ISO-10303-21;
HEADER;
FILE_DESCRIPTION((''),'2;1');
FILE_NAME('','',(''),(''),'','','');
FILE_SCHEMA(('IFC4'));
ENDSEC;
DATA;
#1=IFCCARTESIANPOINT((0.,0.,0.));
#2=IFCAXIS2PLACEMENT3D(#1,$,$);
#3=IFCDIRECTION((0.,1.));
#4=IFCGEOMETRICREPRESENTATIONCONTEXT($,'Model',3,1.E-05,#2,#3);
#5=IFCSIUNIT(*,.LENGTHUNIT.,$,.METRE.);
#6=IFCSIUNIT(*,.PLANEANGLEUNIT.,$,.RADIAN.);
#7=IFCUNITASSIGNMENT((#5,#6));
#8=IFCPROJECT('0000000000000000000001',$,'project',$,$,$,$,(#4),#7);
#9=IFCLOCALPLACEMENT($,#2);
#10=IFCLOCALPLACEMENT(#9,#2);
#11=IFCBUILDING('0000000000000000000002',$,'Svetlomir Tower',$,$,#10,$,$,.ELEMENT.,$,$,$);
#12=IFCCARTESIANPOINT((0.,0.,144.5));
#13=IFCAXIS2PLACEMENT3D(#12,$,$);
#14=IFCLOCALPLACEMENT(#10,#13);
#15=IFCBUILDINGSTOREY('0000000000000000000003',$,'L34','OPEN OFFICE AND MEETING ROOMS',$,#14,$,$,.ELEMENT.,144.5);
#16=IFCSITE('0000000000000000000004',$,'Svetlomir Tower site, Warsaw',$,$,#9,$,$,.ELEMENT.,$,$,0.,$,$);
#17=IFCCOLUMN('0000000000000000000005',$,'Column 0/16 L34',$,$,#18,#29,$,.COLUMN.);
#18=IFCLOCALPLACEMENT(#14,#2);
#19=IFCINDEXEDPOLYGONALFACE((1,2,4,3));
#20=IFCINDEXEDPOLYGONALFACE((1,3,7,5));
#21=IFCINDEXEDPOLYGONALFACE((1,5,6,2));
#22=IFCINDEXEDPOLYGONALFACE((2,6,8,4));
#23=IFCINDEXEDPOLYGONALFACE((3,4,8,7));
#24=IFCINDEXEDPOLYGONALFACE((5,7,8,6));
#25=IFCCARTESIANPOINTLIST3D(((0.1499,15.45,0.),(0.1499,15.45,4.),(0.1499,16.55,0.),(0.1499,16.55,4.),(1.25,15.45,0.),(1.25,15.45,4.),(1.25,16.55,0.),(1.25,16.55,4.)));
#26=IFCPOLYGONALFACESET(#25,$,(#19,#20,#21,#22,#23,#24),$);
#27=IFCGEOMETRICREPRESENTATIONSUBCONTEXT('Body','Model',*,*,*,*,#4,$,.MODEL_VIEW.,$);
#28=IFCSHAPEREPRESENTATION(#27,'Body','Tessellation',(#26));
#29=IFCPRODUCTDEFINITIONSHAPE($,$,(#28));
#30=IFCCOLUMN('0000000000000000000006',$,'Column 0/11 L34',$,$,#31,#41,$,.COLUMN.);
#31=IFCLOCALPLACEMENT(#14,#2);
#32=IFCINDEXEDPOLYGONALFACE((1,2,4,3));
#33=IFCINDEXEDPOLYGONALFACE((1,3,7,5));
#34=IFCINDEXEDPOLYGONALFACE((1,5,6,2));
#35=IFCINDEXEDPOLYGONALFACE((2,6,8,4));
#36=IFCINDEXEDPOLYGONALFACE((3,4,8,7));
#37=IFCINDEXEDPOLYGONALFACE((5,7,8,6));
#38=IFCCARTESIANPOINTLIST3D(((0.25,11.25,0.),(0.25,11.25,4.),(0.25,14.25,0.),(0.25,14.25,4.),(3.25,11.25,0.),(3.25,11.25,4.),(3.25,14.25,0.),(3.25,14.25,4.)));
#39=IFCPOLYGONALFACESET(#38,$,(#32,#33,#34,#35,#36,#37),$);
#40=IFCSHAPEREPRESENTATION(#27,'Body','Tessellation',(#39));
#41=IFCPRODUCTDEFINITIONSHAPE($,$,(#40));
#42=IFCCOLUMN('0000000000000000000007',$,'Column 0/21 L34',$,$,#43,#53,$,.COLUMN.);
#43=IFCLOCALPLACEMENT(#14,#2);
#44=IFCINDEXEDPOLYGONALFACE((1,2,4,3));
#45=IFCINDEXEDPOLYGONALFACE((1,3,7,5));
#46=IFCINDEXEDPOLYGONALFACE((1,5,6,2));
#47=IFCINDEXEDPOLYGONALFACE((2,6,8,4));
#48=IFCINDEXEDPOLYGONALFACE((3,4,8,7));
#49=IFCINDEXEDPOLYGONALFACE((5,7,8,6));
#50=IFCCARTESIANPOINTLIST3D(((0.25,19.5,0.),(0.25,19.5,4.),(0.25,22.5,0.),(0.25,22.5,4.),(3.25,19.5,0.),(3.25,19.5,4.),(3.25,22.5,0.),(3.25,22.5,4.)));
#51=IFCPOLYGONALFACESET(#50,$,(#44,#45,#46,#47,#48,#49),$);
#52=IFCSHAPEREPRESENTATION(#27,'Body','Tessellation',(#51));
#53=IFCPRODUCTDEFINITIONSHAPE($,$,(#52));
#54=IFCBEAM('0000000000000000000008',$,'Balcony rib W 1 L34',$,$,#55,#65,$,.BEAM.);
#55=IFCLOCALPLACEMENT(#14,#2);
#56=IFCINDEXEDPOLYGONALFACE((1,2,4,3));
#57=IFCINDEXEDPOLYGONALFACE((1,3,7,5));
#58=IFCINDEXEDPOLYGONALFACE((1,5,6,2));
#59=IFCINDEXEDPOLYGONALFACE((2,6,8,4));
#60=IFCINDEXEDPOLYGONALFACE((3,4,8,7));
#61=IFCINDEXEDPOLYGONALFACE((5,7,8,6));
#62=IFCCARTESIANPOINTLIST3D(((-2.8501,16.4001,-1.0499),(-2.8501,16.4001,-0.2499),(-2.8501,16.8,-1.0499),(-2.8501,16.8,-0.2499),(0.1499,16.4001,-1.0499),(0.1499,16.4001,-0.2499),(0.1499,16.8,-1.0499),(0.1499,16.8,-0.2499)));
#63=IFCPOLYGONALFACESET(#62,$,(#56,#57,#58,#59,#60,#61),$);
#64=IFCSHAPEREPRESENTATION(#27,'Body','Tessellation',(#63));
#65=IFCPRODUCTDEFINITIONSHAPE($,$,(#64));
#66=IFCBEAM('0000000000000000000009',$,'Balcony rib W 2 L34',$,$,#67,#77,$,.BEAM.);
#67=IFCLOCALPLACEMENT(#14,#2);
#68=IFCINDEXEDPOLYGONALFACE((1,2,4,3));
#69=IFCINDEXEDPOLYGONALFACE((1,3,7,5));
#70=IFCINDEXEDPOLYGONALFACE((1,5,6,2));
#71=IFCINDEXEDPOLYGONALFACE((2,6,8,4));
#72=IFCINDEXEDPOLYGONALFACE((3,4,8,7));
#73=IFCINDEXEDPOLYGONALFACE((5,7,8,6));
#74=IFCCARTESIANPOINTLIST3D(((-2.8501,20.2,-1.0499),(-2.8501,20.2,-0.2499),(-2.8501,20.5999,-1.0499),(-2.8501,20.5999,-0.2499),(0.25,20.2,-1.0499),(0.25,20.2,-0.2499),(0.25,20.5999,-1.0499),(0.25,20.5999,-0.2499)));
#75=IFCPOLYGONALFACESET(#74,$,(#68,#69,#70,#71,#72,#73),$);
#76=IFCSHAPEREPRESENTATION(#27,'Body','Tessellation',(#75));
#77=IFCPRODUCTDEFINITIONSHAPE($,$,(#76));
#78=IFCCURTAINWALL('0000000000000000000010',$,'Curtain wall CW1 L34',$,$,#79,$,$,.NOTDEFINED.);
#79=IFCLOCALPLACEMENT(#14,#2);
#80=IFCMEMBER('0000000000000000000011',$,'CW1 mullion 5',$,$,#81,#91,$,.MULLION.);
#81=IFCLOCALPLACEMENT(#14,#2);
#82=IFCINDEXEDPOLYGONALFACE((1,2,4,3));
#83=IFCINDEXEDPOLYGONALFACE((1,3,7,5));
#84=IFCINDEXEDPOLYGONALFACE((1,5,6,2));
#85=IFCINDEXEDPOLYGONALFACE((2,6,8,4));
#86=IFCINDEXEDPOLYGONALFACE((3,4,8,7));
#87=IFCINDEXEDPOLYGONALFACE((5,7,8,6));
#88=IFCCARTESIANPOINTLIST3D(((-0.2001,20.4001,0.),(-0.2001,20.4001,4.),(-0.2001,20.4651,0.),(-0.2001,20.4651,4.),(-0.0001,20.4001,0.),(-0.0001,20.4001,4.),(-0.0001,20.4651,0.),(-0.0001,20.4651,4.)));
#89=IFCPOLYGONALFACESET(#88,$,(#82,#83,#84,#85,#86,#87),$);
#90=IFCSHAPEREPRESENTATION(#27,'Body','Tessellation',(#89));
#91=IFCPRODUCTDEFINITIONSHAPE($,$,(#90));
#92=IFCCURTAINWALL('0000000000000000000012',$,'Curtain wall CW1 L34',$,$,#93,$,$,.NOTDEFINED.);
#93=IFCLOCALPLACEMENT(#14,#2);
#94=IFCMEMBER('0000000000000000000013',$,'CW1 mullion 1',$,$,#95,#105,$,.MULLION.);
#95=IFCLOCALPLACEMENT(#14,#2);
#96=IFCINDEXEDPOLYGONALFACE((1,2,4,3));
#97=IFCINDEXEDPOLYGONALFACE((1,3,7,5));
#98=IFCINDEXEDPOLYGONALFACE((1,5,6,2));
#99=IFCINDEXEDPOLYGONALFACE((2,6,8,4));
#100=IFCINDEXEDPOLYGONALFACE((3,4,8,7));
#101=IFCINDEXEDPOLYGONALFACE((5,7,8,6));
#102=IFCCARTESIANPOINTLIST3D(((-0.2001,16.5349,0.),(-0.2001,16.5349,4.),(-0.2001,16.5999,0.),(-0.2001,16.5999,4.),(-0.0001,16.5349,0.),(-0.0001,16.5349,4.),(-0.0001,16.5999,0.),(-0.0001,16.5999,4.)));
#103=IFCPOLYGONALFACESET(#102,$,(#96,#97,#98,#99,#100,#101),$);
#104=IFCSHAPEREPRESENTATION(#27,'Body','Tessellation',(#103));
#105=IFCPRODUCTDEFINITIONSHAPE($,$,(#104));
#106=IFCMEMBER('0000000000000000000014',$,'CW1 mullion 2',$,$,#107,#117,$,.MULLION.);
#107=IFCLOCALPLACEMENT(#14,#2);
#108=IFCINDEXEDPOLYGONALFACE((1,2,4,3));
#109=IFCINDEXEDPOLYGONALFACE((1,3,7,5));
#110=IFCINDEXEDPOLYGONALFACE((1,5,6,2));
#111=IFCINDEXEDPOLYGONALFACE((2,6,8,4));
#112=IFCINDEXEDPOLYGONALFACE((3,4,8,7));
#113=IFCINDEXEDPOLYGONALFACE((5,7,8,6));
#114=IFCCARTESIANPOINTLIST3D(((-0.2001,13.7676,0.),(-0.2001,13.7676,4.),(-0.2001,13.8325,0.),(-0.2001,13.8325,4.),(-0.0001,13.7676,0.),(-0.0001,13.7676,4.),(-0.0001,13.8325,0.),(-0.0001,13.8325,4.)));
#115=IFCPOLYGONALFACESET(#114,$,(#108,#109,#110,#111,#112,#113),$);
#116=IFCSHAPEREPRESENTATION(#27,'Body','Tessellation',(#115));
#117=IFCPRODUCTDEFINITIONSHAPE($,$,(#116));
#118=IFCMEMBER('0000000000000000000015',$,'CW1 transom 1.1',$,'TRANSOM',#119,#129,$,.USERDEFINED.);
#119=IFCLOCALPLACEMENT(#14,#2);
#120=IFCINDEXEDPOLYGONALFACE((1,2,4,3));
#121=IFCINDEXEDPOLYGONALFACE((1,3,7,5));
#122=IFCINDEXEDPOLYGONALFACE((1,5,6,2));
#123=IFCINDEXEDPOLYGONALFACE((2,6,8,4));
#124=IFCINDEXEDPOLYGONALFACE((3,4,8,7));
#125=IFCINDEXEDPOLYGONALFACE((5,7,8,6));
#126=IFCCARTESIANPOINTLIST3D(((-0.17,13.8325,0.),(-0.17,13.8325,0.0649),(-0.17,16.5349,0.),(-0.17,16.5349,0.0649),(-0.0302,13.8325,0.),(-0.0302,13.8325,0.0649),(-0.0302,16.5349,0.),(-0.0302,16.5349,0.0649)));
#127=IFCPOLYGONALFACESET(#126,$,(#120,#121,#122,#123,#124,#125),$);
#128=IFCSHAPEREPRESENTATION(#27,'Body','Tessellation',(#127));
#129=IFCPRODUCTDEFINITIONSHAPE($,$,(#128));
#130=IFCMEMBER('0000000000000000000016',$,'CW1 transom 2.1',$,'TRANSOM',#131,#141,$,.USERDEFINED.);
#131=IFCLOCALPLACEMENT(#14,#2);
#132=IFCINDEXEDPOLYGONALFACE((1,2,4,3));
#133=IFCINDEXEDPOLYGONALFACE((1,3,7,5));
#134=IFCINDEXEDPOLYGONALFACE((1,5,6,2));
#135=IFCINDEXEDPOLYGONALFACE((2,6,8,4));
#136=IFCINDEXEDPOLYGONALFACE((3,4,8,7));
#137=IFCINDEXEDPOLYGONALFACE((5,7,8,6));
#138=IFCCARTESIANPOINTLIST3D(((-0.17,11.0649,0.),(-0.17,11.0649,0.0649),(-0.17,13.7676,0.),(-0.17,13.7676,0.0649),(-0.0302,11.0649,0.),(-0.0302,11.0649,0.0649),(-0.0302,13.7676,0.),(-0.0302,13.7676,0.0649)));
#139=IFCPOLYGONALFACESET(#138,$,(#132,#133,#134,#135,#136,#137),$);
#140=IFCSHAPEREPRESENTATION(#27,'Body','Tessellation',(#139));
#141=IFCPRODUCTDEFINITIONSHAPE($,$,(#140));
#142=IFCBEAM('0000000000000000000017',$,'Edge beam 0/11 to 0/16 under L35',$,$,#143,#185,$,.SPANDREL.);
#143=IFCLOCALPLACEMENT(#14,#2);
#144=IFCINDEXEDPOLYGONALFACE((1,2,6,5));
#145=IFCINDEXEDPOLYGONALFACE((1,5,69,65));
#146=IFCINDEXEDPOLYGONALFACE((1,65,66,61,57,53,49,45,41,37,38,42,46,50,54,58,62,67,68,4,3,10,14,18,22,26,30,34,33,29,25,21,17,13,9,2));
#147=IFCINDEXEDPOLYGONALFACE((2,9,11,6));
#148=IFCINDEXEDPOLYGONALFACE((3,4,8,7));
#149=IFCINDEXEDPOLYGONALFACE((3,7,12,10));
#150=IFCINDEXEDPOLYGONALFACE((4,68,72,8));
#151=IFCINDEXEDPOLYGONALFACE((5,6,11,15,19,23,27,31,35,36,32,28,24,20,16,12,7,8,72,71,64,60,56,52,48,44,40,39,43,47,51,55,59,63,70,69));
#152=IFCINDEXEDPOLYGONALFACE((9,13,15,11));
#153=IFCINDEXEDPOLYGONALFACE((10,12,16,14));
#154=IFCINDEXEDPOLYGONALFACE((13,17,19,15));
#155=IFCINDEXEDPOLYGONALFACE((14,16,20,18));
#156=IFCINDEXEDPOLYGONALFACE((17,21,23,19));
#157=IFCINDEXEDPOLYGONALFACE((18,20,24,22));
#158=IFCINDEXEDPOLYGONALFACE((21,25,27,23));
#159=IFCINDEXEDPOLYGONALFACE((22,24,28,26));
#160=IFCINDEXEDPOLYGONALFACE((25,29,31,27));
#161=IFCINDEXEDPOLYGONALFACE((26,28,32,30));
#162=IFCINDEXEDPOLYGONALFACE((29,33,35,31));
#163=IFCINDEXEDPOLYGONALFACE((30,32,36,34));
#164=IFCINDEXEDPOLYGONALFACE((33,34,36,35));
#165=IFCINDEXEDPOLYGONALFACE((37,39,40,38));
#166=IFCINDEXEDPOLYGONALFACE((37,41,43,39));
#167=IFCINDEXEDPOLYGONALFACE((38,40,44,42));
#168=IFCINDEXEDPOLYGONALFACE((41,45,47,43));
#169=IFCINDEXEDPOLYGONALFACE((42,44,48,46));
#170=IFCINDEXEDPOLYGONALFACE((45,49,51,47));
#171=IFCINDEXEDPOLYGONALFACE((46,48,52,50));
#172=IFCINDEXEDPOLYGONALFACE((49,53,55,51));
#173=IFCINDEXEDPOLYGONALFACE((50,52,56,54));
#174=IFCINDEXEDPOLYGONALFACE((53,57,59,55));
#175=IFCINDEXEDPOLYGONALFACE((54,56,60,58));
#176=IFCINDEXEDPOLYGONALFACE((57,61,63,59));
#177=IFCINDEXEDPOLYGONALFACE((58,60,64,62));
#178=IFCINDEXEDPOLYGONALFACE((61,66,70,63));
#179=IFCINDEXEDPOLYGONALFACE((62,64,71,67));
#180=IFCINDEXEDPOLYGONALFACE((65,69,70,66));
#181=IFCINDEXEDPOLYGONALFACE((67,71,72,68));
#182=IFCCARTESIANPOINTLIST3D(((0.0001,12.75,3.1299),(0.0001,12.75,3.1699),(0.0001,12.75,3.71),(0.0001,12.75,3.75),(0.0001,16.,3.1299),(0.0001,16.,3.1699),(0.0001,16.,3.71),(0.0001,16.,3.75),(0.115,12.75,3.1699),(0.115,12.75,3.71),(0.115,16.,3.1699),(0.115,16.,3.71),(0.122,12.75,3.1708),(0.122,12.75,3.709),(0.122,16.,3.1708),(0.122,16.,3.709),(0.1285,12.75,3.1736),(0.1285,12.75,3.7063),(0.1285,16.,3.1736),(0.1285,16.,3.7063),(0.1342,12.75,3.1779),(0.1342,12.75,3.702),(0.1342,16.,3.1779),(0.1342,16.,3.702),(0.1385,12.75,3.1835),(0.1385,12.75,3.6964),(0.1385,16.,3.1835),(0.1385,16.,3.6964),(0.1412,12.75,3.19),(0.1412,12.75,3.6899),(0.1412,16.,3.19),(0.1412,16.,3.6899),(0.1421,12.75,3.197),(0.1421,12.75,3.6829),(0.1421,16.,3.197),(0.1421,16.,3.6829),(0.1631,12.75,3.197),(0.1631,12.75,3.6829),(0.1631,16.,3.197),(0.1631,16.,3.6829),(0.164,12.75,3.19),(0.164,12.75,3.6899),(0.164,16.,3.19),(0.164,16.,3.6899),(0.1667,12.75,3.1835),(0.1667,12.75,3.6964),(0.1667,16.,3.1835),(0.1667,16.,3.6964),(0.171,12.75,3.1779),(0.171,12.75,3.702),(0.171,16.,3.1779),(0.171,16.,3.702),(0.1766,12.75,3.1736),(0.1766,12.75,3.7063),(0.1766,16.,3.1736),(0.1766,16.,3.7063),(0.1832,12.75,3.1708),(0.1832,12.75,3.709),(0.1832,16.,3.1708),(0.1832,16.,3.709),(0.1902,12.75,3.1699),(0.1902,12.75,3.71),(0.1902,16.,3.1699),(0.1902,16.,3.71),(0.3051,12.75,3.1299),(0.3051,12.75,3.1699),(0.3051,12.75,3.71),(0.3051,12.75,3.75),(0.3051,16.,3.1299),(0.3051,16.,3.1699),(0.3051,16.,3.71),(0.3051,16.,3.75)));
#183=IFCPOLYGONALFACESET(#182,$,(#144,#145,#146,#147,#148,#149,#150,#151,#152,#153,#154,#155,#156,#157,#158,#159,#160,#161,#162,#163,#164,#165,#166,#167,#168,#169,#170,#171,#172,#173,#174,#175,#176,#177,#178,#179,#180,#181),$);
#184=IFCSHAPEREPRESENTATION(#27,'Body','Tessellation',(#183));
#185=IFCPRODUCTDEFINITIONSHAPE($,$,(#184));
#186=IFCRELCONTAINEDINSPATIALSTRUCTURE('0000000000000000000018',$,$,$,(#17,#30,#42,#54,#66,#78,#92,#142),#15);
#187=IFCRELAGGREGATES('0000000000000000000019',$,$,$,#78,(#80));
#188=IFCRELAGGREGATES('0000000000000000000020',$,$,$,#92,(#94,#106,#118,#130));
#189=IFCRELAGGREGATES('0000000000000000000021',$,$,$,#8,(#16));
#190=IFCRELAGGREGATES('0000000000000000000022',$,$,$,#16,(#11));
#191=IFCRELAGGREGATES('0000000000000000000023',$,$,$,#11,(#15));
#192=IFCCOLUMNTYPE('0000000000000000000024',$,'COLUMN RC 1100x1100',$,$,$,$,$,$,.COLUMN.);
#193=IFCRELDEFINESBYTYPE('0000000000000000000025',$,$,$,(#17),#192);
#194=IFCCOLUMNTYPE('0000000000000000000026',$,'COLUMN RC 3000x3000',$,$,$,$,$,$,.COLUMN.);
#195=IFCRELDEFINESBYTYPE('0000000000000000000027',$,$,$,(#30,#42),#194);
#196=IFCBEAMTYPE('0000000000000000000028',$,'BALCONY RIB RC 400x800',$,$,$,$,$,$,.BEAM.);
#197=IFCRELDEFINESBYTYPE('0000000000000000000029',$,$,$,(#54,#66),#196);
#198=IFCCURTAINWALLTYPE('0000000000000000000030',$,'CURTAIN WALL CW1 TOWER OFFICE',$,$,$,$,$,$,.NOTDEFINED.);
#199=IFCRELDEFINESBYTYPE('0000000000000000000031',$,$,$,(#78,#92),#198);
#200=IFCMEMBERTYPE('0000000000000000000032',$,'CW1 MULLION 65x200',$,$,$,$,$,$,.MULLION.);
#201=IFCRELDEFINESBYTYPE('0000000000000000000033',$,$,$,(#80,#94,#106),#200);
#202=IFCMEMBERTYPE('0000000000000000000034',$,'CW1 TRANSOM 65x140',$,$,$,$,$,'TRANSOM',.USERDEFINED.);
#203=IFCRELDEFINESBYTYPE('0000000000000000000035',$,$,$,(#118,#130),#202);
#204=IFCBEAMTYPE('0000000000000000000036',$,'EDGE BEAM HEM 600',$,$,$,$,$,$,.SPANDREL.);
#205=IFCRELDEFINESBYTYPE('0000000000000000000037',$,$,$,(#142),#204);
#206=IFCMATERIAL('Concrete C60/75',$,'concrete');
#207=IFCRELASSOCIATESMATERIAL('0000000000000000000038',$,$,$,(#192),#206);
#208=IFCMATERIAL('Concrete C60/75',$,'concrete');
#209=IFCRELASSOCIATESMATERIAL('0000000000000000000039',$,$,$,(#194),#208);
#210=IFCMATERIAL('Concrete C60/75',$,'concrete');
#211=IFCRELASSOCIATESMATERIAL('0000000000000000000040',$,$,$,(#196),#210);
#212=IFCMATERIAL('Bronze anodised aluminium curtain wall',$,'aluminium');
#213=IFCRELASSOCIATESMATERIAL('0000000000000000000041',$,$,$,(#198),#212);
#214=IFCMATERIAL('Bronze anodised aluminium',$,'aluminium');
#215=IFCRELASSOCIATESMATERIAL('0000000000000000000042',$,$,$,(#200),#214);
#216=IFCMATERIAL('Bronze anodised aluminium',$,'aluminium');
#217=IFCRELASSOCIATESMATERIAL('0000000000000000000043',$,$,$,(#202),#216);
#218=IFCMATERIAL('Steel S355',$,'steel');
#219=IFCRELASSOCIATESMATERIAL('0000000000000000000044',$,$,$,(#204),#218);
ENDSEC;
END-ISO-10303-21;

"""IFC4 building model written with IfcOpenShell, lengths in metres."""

from ifc_helpers import new_model, si_unit, direction, frame, origin, origin_2d, place, context, subcontext, project, spatial, rectangle, i_section, extrude, material, material_profile, profile_set, type_object, element, aggregate, save


model = new_model("IFC4")

# Units and contexts
model_context = context("Model", 3, precision=1e-05, world=origin(), true_north=direction((0.0, 1.0)))
body_context = subcontext(model_context, "Body", "Model", "MODEL_VIEW")
ifc_project = project(units=[si_unit("LENGTHUNIT", "METRE"), si_unit("PLANEANGLEUNIT", "RADIAN")], contexts=[model_context])

# Site, building, storey
site_placement = place(None, origin())
site = spatial("IfcSite", under=ifc_project, at=site_placement, Name="Svetlomir Tower site, Warsaw", CompositionType="ELEMENT", RefElevation=0.0)
building_placement = place(site_placement, origin())
building = spatial("IfcBuilding", under=site, at=building_placement, Name="Svetlomir Tower", CompositionType="ELEMENT")
storey_placement = place(building_placement, frame((0.0, 0.0, 144.5)))
storey = spatial("IfcBuildingStorey", under=building, at=storey_placement, Name="L34", Description="OPEN OFFICE AND MEETING ROOMS", CompositionType="ELEMENT", Elevation=144.5)

# Columns
ifc_material_1 = material(Name="Concrete C60/75", Category="concrete")
ifc_material_profile_1 = material_profile(ifc_material_1, rectangle(XDim=1.1001, YDim=1.1001, at=origin_2d()), Name="RC 1100x1100")
ifc_profile_set_1 = profile_set([ifc_material_profile_1], Name="Concrete C60/75")
column_type_1 = type_object("IfcColumnType", Name="COLUMN RC 1100x1100", PredefinedType="COLUMN", material=ifc_profile_set_1)
column_placement = place(storey_placement, frame((0.7, 16.0, 0.0), z_axis=(0.0, 0.0, 1.0), x_axis=(1.0, 0.0, 0.0)))
element("IfcColumn", 1, at=column_placement, inside=storey, type_object=column_type_1, Name="Column 0/16 L34", PredefinedType="COLUMN", context=body_context, shape_type="SweptSolid", body=[
    extrude(rectangle(XDim=1.1001, YDim=1.1001, at=origin_2d()), origin(), (0.0, 0.0, 1.0), 4.0),
])
ifc_material_2 = material(Name="Concrete C60/75", Category="concrete")
ifc_material_profile_2 = material_profile(ifc_material_2, rectangle(XDim=3.0, YDim=3.0, at=origin_2d()), Name="RC 3000x3000")
ifc_profile_set_2 = profile_set([ifc_material_profile_2], Name="Concrete C60/75")
column_type_2 = type_object("IfcColumnType", Name="COLUMN RC 3000x3000", PredefinedType="COLUMN", material=ifc_profile_set_2)
for number, where, z_axis, x_axis, name in (
    (2, (1.75, 12.75, 0.0), (0.0, 0.0, 1.0), (1.0, 0.0, 0.0), "Column 0/11 L34"),
    (3, (1.75, 21.0, 0.0), (0.0, 0.0, 1.0), (1.0, 0.0, 0.0), "Column 0/21 L34"),
):
    element("IfcColumn", number, at=place(storey_placement, frame(where, z_axis=z_axis, x_axis=x_axis)), inside=storey, type_object=column_type_2, Name=name, PredefinedType="COLUMN", context=body_context, shape_type="SweptSolid", body=[
        extrude(rectangle(XDim=3.0, YDim=3.0, at=origin_2d()), origin(), (0.0, 0.0, 1.0), 4.0),
    ])

# Beams
ifc_material_3 = material(Name="Concrete C60/75", Category="concrete")
ifc_material_profile_3 = material_profile(ifc_material_3, rectangle(XDim=0.3999, YDim=0.8, at=origin_2d()), Name="RC 400x800")
ifc_profile_set_3 = profile_set([ifc_material_profile_3], Name="Concrete C60/75")
beam_type_1 = type_object("IfcBeamType", Name="BALCONY RIB RC 400x800", PredefinedType="BEAM", material=ifc_profile_set_3)
beam_1_placement = place(storey_placement, frame((0.1499, 16.6001, -0.6499), z_axis=(-1.0, 0.0, 0.0), x_axis=(0.0, -1.0, 0.0)))
element("IfcBeam", 4, at=beam_1_placement, inside=storey, type_object=beam_type_1, Name="Balcony rib W 1 L34", PredefinedType="BEAM", context=body_context, shape_type="SweptSolid", body=[
    extrude(rectangle(XDim=0.3999, YDim=0.8, at=origin_2d()), origin(), (0.0, 0.0, 1.0), 3.0),
])
beam_2_placement = place(storey_placement, frame((0.25, 20.3999, -0.6499), z_axis=(-1.0, 0.0, 0.0), x_axis=(0.0, -1.0, 0.0)))
element("IfcBeam", 5, at=beam_2_placement, inside=storey, type_object=beam_type_1, Name="Balcony rib W 2 L34", PredefinedType="BEAM", context=body_context, shape_type="SweptSolid", body=[
    extrude(rectangle(XDim=0.3999, YDim=0.8, at=origin_2d()), origin(), (0.0, 0.0, 1.0), 3.1001),
])

# Curtain wall, member
ifc_material_4 = material(Name="Bronze anodised aluminium curtain wall", Category="aluminium")
curtain_wall_type = type_object("IfcCurtainWallType", Name="CURTAIN WALL CW1 TOWER OFFICE", PredefinedType="NOTDEFINED", material=ifc_material_4)
curtain_wall_1_placement = place(storey_placement, origin())
curtain_wall_1 = element("IfcCurtainWall", 6, at=curtain_wall_1_placement, inside=storey, type_object=curtain_wall_type, Name="Curtain wall CW1 L34", PredefinedType="NOTDEFINED")
ifc_material_5 = material(Name="Bronze anodised aluminium", Category="aluminium")
ifc_material_profile_4 = material_profile(ifc_material_5, rectangle(XDim=0.0649, YDim=0.2, at=origin_2d()), Name="AL 65x200")
ifc_profile_set_4 = profile_set([ifc_material_profile_4], Name="Bronze anodised aluminium 6063-T6")
member_type_1 = type_object("IfcMemberType", Name="CW1 MULLION 65x200", PredefinedType="MULLION", material=ifc_profile_set_4)
member_1_placement = place(storey_placement, frame((-0.1001, 20.4326, 0.0), z_axis=(0.0, 0.0, 1.0), x_axis=(0.0, -1.0, 0.0)))
member_1 = element("IfcMember", 7, at=member_1_placement, type_object=member_type_1, Name="CW1 mullion 5", PredefinedType="MULLION", context=body_context, shape_type="SweptSolid", body=[
    extrude(rectangle(XDim=0.0649, YDim=0.2, at=origin_2d()), origin(), (0.0, 0.0, 1.0), 4.0),
])
aggregate(curtain_wall_1, [member_1])

# Curtain wall, members
curtain_wall_2_placement = place(storey_placement, origin())
curtain_wall_2 = element("IfcCurtainWall", 8, at=curtain_wall_2_placement, inside=storey, type_object=curtain_wall_type, Name="Curtain wall CW1 L34", PredefinedType="NOTDEFINED")
member_2_placement = place(storey_placement, frame((-0.1001, 16.5674, 0.0), z_axis=(0.0, 0.0, 1.0), x_axis=(0.0, -1.0, 0.0)))
member_2 = element("IfcMember", 9, at=member_2_placement, type_object=member_type_1, Name="CW1 mullion 1", PredefinedType="MULLION", context=body_context, shape_type="SweptSolid", body=[
    extrude(rectangle(XDim=0.0649, YDim=0.2, at=origin_2d()), origin(), (0.0, 0.0, 1.0), 4.0),
])
member_3_placement = place(storey_placement, frame((-0.1001, 13.8, 0.0), z_axis=(0.0, 0.0, 1.0), x_axis=(0.0, -1.0, 0.0)))
member_3 = element("IfcMember", 10, at=member_3_placement, type_object=member_type_1, Name="CW1 mullion 2", PredefinedType="MULLION", context=body_context, shape_type="SweptSolid", body=[
    extrude(rectangle(XDim=0.0649, YDim=0.2, at=origin_2d()), origin(), (0.0, 0.0, 1.0), 4.0),
])
ifc_material_6 = material(Name="Bronze anodised aluminium", Category="aluminium")
ifc_material_profile_5 = material_profile(ifc_material_6, rectangle(XDim=0.1399, YDim=0.0649, at=origin_2d()), Name="AL 140x65")
ifc_profile_set_5 = profile_set([ifc_material_profile_5], Name="Bronze anodised aluminium 6063-T6")
member_type_2 = type_object("IfcMemberType", Name="CW1 TRANSOM 65x140", ElementType="TRANSOM", PredefinedType="USERDEFINED", material=ifc_profile_set_5)
member_4_placement = place(storey_placement, frame((-0.1001, 16.5349, 0.0325), z_axis=(0.0, -1.0, 0.0), x_axis=(1.0, 0.0, 0.0)))
member_4 = element("IfcMember", 11, at=member_4_placement, type_object=member_type_2, Name="CW1 transom 1.1", ObjectType="TRANSOM", PredefinedType="USERDEFINED", context=body_context, shape_type="SweptSolid", body=[
    extrude(rectangle(XDim=0.1399, YDim=0.0649, at=origin_2d()), origin(), (0.0, 0.0, 1.0), 2.7024),
])
member_5_placement = place(storey_placement, frame((-0.1001, 13.7676, 0.0325), z_axis=(0.0, -1.0, 0.0), x_axis=(1.0, 0.0, 0.0)))
member_5 = element("IfcMember", 12, at=member_5_placement, type_object=member_type_2, Name="CW1 transom 2.1", ObjectType="TRANSOM", PredefinedType="USERDEFINED", context=body_context, shape_type="SweptSolid", body=[
    extrude(rectangle(XDim=0.1399, YDim=0.0649, at=origin_2d()), origin(), (0.0, 0.0, 1.0), 2.7026),
])

# Beam
ifc_material_7 = material(Name="Steel S355", Category="steel")
ifc_material_profile_6 = material_profile(ifc_material_7, i_section(OverallWidth=0.3049, OverallDepth=0.6201, WebThickness=0.021, FlangeThickness=0.04, FilletRadius=0.0271, at=origin_2d()), Name="HEM 600")
ifc_profile_set_6 = profile_set([ifc_material_profile_6], Name="Steel S355")
beam_type_2 = type_object("IfcBeamType", Name="EDGE BEAM HEM 600", PredefinedType="SPANDREL", material=ifc_profile_set_6)
beam_3_placement = place(storey_placement, frame((0.1526, 12.75, 3.4399), z_axis=(0.0, 1.0, 0.0), x_axis=(-1.0, 0.0, 0.0)))
element("IfcBeam", 13, at=beam_3_placement, inside=storey, type_object=beam_type_2, Name="Edge beam 0/11 to 0/16 under L35", PredefinedType="SPANDREL", context=body_context, shape_type="SweptSolid", body=[
    extrude(i_section(OverallWidth=0.3049, OverallDepth=0.6201, WebThickness=0.021, FlangeThickness=0.04, FilletRadius=0.0271, at=origin_2d()), origin(), (0.0, 0.0, 1.0), 3.25),
])

aggregate(curtain_wall_2, [member_2, member_3, member_4, member_5])

save(model, "model.ifc")
